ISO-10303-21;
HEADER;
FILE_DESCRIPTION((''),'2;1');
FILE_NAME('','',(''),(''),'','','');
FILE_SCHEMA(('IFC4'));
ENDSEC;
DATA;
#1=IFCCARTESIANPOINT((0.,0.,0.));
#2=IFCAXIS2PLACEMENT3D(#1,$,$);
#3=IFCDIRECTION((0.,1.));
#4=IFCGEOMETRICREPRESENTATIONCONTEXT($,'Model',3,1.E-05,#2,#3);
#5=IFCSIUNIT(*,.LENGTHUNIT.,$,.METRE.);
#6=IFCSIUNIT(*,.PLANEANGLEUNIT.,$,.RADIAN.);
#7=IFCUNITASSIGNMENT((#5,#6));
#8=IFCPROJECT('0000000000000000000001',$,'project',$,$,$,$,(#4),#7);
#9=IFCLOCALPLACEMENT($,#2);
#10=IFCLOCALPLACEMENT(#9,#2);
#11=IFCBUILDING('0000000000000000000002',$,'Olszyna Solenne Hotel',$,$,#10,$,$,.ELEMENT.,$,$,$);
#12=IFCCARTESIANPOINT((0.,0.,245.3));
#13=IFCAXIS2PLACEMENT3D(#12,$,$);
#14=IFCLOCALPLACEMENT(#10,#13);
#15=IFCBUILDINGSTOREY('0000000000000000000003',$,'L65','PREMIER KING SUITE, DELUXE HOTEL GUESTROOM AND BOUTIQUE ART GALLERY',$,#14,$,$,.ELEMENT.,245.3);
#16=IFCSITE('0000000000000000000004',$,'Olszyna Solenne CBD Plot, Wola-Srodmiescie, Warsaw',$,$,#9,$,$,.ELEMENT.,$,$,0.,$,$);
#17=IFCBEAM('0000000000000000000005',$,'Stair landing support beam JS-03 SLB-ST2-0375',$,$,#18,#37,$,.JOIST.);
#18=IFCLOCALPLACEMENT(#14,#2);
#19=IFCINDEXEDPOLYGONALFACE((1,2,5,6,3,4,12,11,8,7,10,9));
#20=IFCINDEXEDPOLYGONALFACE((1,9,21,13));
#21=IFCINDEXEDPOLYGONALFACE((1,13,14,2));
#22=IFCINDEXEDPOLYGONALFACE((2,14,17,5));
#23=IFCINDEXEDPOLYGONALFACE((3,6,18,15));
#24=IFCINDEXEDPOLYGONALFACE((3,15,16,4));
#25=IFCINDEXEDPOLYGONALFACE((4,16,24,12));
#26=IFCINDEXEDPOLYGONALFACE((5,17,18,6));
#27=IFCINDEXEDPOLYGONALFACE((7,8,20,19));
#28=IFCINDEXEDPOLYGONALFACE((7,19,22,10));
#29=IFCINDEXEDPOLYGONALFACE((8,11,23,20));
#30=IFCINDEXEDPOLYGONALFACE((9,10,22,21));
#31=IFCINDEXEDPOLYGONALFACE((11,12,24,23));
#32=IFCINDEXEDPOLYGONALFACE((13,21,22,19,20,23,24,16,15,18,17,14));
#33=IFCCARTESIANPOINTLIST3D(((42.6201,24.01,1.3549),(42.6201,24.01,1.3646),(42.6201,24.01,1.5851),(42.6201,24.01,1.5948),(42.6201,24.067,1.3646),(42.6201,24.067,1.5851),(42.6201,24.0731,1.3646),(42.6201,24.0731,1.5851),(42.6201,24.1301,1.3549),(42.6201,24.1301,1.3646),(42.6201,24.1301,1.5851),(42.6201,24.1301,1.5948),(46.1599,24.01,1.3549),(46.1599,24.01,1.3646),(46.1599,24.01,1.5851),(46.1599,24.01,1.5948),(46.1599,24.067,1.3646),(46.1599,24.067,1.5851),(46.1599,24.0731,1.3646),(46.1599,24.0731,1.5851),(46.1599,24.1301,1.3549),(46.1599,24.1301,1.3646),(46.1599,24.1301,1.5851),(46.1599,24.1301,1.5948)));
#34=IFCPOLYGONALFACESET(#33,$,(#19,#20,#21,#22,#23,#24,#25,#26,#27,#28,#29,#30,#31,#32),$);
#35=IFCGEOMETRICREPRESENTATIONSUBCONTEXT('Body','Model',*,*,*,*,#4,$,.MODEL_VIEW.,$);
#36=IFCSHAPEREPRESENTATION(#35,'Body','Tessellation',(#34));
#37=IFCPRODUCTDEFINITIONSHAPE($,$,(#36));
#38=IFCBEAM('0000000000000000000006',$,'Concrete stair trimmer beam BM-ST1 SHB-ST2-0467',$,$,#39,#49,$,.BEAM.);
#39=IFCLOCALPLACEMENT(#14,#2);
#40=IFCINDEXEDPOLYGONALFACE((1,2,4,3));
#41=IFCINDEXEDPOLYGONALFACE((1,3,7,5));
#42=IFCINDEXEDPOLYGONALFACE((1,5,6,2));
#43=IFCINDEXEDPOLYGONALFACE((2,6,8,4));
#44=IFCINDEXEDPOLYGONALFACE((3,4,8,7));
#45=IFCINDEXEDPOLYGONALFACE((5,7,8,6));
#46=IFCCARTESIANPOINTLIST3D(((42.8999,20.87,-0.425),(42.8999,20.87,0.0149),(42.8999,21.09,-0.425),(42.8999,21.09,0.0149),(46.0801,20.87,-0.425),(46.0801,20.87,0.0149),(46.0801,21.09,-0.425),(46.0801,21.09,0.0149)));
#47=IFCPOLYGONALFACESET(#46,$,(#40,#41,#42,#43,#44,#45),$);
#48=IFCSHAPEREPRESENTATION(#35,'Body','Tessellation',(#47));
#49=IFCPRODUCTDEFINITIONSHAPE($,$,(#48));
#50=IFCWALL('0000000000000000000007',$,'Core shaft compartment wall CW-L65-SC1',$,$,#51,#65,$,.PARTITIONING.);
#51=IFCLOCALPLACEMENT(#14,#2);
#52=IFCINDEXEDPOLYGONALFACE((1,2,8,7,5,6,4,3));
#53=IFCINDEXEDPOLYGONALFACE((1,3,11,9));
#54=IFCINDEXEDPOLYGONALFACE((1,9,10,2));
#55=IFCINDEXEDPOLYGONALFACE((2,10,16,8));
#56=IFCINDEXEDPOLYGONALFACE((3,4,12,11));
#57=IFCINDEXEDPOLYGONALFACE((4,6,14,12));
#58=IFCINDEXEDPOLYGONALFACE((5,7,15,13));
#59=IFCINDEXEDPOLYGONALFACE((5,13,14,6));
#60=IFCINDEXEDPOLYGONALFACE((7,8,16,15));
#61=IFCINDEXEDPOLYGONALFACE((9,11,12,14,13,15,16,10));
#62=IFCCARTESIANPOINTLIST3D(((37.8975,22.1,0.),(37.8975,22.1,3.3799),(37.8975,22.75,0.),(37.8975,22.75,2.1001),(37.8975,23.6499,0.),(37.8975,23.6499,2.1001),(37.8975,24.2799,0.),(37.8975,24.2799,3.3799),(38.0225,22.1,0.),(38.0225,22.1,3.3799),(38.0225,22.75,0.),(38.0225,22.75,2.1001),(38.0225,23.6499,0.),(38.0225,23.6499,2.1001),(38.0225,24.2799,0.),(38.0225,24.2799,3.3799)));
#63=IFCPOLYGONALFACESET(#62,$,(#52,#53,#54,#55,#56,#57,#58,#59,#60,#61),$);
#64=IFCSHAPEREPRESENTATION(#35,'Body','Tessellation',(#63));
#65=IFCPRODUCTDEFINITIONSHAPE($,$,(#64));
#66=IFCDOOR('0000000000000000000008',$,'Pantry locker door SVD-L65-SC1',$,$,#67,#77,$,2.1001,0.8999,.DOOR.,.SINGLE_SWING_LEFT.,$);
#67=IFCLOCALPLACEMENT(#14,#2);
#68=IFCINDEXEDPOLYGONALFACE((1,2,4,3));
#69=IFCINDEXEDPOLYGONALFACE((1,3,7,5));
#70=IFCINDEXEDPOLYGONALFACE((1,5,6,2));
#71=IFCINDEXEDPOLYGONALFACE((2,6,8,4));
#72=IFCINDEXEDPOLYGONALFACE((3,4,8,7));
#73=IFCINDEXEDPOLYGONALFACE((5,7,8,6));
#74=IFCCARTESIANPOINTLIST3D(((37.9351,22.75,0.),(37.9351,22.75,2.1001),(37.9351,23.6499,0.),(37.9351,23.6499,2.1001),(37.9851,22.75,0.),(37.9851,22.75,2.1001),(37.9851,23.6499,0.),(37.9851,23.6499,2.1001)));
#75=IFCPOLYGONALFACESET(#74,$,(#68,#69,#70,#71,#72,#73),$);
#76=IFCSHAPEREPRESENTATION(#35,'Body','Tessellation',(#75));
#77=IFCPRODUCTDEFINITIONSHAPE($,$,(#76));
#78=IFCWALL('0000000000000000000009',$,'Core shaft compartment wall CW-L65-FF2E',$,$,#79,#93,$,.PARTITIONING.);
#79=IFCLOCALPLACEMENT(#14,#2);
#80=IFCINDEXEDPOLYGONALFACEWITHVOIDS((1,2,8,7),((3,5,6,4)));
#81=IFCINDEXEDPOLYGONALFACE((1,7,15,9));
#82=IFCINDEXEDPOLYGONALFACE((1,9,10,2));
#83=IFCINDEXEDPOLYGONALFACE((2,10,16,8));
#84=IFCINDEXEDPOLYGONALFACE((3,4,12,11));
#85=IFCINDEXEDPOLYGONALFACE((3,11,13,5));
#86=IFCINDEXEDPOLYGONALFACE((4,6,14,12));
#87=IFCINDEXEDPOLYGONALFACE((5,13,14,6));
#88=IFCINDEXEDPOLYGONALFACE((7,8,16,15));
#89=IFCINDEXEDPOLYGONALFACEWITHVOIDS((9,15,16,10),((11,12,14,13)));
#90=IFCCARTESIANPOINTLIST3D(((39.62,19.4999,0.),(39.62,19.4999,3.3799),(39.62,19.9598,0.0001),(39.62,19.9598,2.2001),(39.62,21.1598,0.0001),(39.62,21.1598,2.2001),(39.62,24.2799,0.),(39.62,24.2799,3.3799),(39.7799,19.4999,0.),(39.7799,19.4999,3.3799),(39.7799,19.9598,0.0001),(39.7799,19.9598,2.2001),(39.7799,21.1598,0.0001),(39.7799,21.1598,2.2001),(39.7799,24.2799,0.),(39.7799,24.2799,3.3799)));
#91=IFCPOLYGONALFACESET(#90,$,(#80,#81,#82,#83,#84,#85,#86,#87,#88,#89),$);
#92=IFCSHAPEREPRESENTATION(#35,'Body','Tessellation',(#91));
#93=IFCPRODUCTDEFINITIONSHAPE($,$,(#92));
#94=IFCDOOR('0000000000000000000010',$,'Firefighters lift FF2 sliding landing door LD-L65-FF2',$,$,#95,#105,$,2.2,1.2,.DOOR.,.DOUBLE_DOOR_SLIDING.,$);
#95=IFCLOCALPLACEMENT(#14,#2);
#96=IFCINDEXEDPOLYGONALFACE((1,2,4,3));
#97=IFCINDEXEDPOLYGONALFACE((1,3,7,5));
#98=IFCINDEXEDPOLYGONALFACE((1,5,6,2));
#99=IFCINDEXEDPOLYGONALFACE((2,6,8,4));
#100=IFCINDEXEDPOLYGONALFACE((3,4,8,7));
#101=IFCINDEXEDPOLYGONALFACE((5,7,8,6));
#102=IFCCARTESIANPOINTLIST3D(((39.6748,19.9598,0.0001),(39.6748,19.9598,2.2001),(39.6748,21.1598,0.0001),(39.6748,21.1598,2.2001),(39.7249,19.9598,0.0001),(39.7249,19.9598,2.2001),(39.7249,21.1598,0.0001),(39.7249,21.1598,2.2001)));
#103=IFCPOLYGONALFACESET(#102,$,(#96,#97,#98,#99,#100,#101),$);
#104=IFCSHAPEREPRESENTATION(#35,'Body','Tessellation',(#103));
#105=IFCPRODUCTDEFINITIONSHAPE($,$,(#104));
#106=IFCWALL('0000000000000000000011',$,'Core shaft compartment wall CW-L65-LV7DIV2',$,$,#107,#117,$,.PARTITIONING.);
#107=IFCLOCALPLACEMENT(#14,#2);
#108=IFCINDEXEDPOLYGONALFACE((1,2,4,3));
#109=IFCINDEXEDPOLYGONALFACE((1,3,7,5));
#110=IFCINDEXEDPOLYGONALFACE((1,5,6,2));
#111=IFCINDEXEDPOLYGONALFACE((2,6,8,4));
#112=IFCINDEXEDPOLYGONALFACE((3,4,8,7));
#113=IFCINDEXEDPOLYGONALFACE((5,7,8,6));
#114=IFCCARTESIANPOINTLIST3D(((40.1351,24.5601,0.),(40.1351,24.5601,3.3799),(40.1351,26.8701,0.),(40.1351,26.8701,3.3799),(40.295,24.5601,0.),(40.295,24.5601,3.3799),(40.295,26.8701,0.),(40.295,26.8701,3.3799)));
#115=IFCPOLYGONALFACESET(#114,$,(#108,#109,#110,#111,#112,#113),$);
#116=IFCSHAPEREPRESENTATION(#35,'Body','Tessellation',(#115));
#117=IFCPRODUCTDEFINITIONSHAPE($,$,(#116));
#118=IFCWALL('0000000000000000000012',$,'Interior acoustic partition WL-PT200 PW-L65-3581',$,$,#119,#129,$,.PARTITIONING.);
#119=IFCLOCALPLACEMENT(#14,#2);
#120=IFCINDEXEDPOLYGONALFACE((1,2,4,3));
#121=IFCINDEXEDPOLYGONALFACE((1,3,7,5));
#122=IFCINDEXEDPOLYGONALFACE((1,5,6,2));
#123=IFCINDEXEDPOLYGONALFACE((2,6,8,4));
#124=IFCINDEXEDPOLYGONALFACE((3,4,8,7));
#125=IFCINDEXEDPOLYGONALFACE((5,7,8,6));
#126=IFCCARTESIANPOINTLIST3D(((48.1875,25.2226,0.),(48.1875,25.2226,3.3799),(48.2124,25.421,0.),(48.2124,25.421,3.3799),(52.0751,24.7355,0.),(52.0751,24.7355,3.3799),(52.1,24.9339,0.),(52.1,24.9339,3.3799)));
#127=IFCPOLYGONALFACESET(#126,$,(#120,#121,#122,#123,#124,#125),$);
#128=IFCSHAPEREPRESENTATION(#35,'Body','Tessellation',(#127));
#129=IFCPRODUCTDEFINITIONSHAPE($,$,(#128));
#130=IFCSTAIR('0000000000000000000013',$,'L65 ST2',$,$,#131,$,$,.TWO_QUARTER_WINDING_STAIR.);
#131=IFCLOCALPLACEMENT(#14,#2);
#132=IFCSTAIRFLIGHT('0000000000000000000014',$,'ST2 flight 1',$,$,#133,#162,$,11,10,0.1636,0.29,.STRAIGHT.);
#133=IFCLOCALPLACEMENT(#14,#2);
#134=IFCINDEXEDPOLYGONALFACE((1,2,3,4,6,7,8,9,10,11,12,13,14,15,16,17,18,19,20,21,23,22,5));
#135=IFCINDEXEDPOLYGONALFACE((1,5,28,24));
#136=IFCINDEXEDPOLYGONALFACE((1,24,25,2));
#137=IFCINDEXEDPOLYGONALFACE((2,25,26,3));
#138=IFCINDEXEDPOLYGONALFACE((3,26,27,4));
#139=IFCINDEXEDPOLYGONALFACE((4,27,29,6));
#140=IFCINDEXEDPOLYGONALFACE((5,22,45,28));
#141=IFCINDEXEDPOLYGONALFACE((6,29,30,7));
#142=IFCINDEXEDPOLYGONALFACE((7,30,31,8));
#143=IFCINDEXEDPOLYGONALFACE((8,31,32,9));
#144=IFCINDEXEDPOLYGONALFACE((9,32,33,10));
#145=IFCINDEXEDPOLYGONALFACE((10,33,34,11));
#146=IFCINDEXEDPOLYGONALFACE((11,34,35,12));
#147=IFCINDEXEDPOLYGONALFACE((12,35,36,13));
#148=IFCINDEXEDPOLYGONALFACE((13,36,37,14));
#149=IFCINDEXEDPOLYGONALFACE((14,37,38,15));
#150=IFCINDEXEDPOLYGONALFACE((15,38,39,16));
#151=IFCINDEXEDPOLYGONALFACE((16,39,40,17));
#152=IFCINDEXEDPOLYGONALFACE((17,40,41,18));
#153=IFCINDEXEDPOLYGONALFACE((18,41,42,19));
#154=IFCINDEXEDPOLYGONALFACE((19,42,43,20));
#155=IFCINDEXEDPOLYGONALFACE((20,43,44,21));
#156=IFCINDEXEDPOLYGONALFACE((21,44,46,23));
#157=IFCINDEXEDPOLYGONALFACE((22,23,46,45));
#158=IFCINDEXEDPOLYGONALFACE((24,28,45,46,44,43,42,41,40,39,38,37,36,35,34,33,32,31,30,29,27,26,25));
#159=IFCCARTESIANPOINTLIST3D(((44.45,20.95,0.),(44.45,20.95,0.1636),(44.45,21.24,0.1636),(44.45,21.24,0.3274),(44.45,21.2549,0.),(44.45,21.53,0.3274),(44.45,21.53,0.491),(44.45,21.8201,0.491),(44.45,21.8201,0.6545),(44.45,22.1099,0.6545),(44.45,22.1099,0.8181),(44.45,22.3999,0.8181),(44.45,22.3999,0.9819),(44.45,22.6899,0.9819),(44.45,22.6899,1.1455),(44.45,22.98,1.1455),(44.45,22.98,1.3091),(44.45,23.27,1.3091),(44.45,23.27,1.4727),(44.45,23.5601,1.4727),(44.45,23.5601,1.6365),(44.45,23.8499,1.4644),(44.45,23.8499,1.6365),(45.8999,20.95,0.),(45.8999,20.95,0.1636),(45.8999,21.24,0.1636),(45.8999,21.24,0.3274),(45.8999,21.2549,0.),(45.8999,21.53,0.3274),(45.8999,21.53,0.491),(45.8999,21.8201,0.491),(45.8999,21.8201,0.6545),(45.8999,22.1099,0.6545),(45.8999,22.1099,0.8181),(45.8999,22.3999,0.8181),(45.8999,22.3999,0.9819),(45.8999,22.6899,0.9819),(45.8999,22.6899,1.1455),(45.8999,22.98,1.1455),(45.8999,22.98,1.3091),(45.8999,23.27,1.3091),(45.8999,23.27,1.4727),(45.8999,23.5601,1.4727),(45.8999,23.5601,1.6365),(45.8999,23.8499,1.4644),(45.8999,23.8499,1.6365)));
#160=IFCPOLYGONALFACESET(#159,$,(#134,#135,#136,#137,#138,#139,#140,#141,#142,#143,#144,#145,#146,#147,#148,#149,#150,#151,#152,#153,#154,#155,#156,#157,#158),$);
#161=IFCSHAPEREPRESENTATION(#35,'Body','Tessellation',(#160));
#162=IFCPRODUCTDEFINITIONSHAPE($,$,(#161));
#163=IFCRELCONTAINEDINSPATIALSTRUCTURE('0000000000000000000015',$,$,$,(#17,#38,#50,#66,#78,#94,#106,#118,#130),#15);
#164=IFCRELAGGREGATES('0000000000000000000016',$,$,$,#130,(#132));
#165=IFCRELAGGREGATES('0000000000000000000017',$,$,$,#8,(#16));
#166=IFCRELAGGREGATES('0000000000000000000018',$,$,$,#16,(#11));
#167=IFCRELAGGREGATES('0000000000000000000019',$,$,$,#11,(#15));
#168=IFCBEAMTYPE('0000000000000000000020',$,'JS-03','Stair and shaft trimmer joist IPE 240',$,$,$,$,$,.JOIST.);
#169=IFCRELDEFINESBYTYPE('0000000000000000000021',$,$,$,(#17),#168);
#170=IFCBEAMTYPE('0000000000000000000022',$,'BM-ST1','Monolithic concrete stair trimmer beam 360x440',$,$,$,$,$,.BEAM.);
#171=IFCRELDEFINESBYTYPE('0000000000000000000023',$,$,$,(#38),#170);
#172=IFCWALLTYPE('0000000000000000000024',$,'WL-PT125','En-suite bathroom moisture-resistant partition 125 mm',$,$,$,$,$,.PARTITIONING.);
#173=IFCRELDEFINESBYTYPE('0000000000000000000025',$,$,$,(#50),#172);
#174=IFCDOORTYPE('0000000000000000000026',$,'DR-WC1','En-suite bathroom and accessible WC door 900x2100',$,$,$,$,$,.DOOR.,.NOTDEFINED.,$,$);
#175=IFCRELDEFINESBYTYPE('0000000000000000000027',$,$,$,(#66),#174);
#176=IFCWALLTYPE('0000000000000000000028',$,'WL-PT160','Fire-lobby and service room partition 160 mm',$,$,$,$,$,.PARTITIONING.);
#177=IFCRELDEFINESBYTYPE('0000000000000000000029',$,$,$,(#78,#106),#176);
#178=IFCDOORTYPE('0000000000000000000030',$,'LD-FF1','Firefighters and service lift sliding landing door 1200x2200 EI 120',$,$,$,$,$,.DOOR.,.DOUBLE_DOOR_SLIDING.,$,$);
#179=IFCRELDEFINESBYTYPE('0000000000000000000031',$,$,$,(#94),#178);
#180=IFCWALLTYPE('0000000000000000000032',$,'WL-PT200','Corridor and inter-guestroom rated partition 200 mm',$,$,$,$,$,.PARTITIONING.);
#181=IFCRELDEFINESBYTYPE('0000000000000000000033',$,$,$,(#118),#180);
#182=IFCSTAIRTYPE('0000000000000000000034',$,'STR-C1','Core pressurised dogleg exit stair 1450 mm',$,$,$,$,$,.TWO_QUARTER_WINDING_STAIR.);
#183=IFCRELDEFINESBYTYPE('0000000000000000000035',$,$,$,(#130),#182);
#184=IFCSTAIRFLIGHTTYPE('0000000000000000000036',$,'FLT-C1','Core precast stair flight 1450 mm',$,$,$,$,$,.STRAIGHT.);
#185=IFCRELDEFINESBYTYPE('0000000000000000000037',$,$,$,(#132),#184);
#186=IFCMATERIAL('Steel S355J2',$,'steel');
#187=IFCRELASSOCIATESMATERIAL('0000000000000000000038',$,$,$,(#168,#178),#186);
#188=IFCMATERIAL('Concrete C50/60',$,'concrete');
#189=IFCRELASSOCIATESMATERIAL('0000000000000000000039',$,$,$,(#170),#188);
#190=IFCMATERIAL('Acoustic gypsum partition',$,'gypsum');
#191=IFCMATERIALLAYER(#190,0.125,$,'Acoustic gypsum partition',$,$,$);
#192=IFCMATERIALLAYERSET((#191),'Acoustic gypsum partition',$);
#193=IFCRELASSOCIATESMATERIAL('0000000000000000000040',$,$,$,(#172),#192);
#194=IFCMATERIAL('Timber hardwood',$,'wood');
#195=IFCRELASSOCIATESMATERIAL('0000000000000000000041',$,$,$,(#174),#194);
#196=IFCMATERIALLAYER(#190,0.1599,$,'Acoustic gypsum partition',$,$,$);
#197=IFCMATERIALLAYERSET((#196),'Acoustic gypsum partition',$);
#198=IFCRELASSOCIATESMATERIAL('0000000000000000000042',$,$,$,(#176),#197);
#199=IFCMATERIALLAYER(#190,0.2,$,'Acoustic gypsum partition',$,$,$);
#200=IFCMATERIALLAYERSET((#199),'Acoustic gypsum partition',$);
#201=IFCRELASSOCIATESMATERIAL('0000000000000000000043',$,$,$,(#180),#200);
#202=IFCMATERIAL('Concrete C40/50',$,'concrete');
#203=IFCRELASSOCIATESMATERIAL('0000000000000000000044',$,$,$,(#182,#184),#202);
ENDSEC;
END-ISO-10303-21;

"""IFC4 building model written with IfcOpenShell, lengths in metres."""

from ifc_helpers import new_model, si_unit, direction, frame, frame_2d, origin, origin_2d, place, context, subcontext, project, spatial, polyline, rectangle, i_section, outline, extrude, source, transform, mapped, material, layer, layer_set, material_profile, profile_set, type_object, type_shapes, element, fill, aggregate, save


model = new_model("IFC4")

# Units and contexts
model_context = context("Model", 3, precision=1e-05, world=origin(), true_north=direction((0.0, 1.0)))
body_context = subcontext(model_context, "Body", "Model", "MODEL_VIEW")
ifc_project = project(units=[si_unit("LENGTHUNIT", "METRE"), si_unit("PLANEANGLEUNIT", "RADIAN")], contexts=[model_context])

# Site, building, storey
site_placement = place(None, origin())
site = spatial("IfcSite", under=ifc_project, at=site_placement, Name="Olszyna Solenne CBD Plot, Wola-Srodmiescie, Warsaw", CompositionType="ELEMENT", RefElevation=0.0)
building_placement = place(site_placement, origin())
building = spatial("IfcBuilding", under=site, at=building_placement, Name="Olszyna Solenne Hotel", CompositionType="ELEMENT")
storey_placement = place(building_placement, frame((0.0, 0.0, 245.3)))
storey = spatial("IfcBuildingStorey", under=building, at=storey_placement, Name="L65", Description="PREMIER KING SUITE, DELUXE HOTEL GUESTROOM AND BOUTIQUE ART GALLERY", CompositionType="ELEMENT", Elevation=245.3)

# Beams
ifc_material_1 = material(Name="Steel S355J2", Category="steel")
ifc_material_profile_1 = material_profile(ifc_material_1, i_section(OverallWidth=0.1201, OverallDepth=0.24, WebThickness=0.0061, FlangeThickness=0.0098, at=origin_2d()), Name="IPE 240", Category="load-bearing")
ifc_profile_set_1 = profile_set([ifc_material_profile_1], Name="Steel S355J2")
beam_type_1 = type_object("IfcBeamType", Name="JS-03", Description="Stair and shaft trimmer joist IPE 240", PredefinedType="JOIST", material=ifc_profile_set_1)
shared_shape_1 = source(origin(), body_context, "Body", "SweptSolid", [
    extrude(i_section(OverallWidth=0.1201, OverallDepth=0.24, WebThickness=0.0061, FlangeThickness=0.0098, at=origin_2d()), origin(), (0.0, 0.0, 1.0), 3.5398),
])
beam_1_placement = place(storey_placement, frame((46.1599, 24.0701, 1.4749), z_axis=(-1.0, 0.0, 0.0), x_axis=(0.0, -1.0, 0.0)))
element("IfcBeam", 1, at=beam_1_placement, inside=storey, type_object=beam_type_1, Name="Stair landing support beam JS-03 SLB-ST2-0375", PredefinedType="JOIST", context=body_context, shape_type="MappedRepresentation", body=[
    mapped(shared_shape_1, transform((0.0, 0.0, 0.0), x_axis=(1.0, 0.0, 0.0), y_axis=(0.0, 1.0, 0.0), z_axis=(0.0, 0.0, 1.0), scale=1.0)),
])
ifc_material_2 = material(Name="Concrete C50/60", Category="concrete")
ifc_material_profile_2 = material_profile(ifc_material_2, rectangle(XDim=0.22, YDim=0.4399, at=origin_2d()), Name="RC 220x440", Category="load-bearing")
ifc_profile_set_2 = profile_set([ifc_material_profile_2], Name="Concrete C50/60")
beam_type_2 = type_object("IfcBeamType", Name="BM-ST1", Description="Monolithic concrete stair trimmer beam 360x440", PredefinedType="BEAM", material=ifc_profile_set_2)
shared_shape_2 = source(origin(), body_context, "Body", "SweptSolid", [
    extrude(rectangle(XDim=0.22, YDim=0.4399, at=origin_2d()), origin(), (0.0, 0.0, 1.0), 3.1802),
])
beam_2_placement = place(storey_placement, frame((46.0801, 20.98, -0.2051), z_axis=(-1.0, 0.0, 0.0), x_axis=(0.0, -1.0, 0.0)))
element("IfcBeam", 2, at=beam_2_placement, inside=storey, type_object=beam_type_2, Name="Concrete stair trimmer beam BM-ST1 SHB-ST2-0467", PredefinedType="BEAM", context=body_context, shape_type="MappedRepresentation", body=[
    mapped(shared_shape_2, transform((0.0, 0.0, 0.0), x_axis=(1.0, 0.0, 0.0), y_axis=(0.0, 1.0, 0.0), z_axis=(0.0, 0.0, 1.0), scale=1.0)),
])

# Walls, openings, doors
ifc_material_3 = material(Name="Acoustic gypsum partition", Category="gypsum")
ifc_layer_1 = layer(ifc_material_3, 0.125, Name="Acoustic gypsum partition")
ifc_layer_set_1 = layer_set([ifc_layer_1], Name="Acoustic gypsum partition")
wall_type_1 = type_object("IfcWallType", Name="WL-PT125", Description="En-suite bathroom moisture-resistant partition 125 mm", PredefinedType="PARTITIONING", material=ifc_layer_set_1)
wall_1_placement = place(storey_placement, frame((37.96, 22.1001, 0.0), z_axis=(0.0, 0.0, 1.0), x_axis=(0.0, 1.0, 0.0)))
wall_1 = element("IfcWall", 3, at=wall_1_placement, inside=storey, type_object=wall_type_1, Name="Core shaft compartment wall CW-L65-SC1", PredefinedType="PARTITIONING", context=body_context, shape_type="SweptSolid", body=[
    extrude(rectangle(XDim=2.1799, YDim=0.125, at=frame_2d((1.0898, 0.0))), origin(), (0.0, 0.0, 1.0), 3.3799),
])
opening_1_placement = place(wall_1_placement, frame((0.6499, 0.0, 0.0)))
opening_1 = element("IfcOpeningElement", 4, at=opening_1_placement, cuts=wall_1, PredefinedType="OPENING", context=body_context, shape_type="SweptSolid", body=[
    extrude(rectangle(XDim=0.8999, YDim=2.1001, at=frame_2d((0.45, 1.05))), frame((0.0, 0.0725, 0.0), z_axis=(0.0, -1.0, 0.0), x_axis=(1.0, 0.0, 0.0)), (0.0, 0.0, 1.0), 0.145),
])
ifc_material_4 = material(Name="Timber hardwood", Category="wood")
door_type_1 = type_object("IfcDoorType", Name="DR-WC1", Description="En-suite bathroom and accessible WC door 900x2100", OperationType="NOTDEFINED", PredefinedType="DOOR", material=ifc_material_4)
shared_shape_3 = source(origin(), body_context, "Body", "SweptSolid", [
    extrude(rectangle(XDim=0.8999, YDim=2.1001, at=frame_2d((0.45, 1.05))), frame((0.0, 0.0249, 0.0), z_axis=(0.0, -1.0, 0.0), x_axis=(1.0, 0.0, 0.0)), (0.0, 0.0, 1.0), 0.05),
])
type_shapes(door_type_1, [shared_shape_3])
door_1_placement = place(opening_1_placement, origin())
door_1 = element("IfcDoor", 5, at=door_1_placement, inside=storey, type_object=door_type_1, Name="Pantry locker door SVD-L65-SC1", OperationType="SINGLE_SWING_LEFT", OverallHeight=2.1001, OverallWidth=0.8999, PredefinedType="DOOR", context=body_context, shape_type="MappedRepresentation", body=[
    mapped(shared_shape_3, transform((0.0, 0.0, 0.0), x_axis=(1.0, 0.0, 0.0), y_axis=(0.0, 1.0, 0.0), z_axis=(0.0, 0.0, 1.0), scale=1.0)),
])
fill(opening_1, door_1)
ifc_layer_2 = layer(ifc_material_3, 0.1599, Name="Acoustic gypsum partition")
ifc_layer_set_2 = layer_set([ifc_layer_2], Name="Acoustic gypsum partition")
wall_type_2 = type_object("IfcWallType", Name="WL-PT160", Description="Fire-lobby and service room partition 160 mm", PredefinedType="PARTITIONING", material=ifc_layer_set_2)
wall_2_placement = place(storey_placement, frame((39.7, 24.28, 0.0), z_axis=(0.0, 0.0, 1.0), x_axis=(0.0, -1.0, 0.0)))
wall_2 = element("IfcWall", 6, at=wall_2_placement, inside=storey, type_object=wall_type_2, Name="Core shaft compartment wall CW-L65-FF2E", PredefinedType="PARTITIONING", context=body_context, shape_type="SweptSolid", body=[
    extrude(rectangle(XDim=4.78, YDim=0.1599, at=frame_2d((2.3901, 0.0))), origin(), (0.0, 0.0, 1.0), 3.3799),
])
opening_2_placement = place(wall_2_placement, frame((3.1201, 0.0, 0.0)))
opening_2 = element("IfcOpeningElement", 7, at=opening_2_placement, cuts=wall_2, PredefinedType="OPENING", context=body_context, shape_type="SweptSolid", body=[
    extrude(rectangle(XDim=1.2, YDim=2.2, at=frame_2d((0.6001, 1.1001))), frame((0.0, 0.0898, 0.0), z_axis=(0.0, -1.0, 0.0), x_axis=(1.0, 0.0, 0.0)), (0.0, 0.0, 1.0), 0.1799),
])
door_type_2 = type_object("IfcDoorType", Name="LD-FF1", Description="Firefighters and service lift sliding landing door 1200x2200 EI 120", OperationType="DOUBLE_DOOR_SLIDING", PredefinedType="DOOR", material=ifc_material_1)
shared_shape_4 = source(origin(), body_context, "Body", "SweptSolid", [
    extrude(rectangle(XDim=1.2, YDim=2.2, at=frame_2d((0.6001, 1.1001))), frame((0.0, 0.0249, 0.0), z_axis=(0.0, -1.0, 0.0), x_axis=(1.0, 0.0, 0.0)), (0.0, 0.0, 1.0), 0.05),
])
type_shapes(door_type_2, [shared_shape_4])
door_2_placement = place(opening_2_placement, origin())
door_2 = element("IfcDoor", 8, at=door_2_placement, inside=storey, type_object=door_type_2, Name="Firefighters lift FF2 sliding landing door LD-L65-FF2", OperationType="DOUBLE_DOOR_SLIDING", OverallHeight=2.2, OverallWidth=1.2, PredefinedType="DOOR", context=body_context, shape_type="MappedRepresentation", body=[
    mapped(shared_shape_4, transform((0.0, 0.0, 0.0), x_axis=(1.0, 0.0, 0.0), y_axis=(0.0, 1.0, 0.0), z_axis=(0.0, 0.0, 1.0), scale=1.0)),
])
fill(opening_2, door_2)

# Walls
wall_3_placement = place(storey_placement, frame((40.2151, 24.5601, 0.0), z_axis=(0.0, 0.0, 1.0), x_axis=(0.0, 1.0, 0.0)))
element("IfcWall", 9, at=wall_3_placement, inside=storey, type_object=wall_type_2, Name="Core shaft compartment wall CW-L65-LV7DIV2", PredefinedType="PARTITIONING", context=body_context, shape_type="SweptSolid", body=[
    extrude(rectangle(XDim=2.3101, YDim=0.1599, at=frame_2d((1.155, 0.0))), origin(), (0.0, 0.0, 1.0), 3.3799),
])
ifc_layer_3 = layer(ifc_material_3, 0.2, Name="Acoustic gypsum partition")
ifc_layer_set_3 = layer_set([ifc_layer_3], Name="Acoustic gypsum partition")
wall_type_3 = type_object("IfcWallType", Name="WL-PT200", Description="Corridor and inter-guestroom rated partition 200 mm", PredefinedType="PARTITIONING", material=ifc_layer_set_3)
wall_4_placement = place(storey_placement, frame((48.2, 25.3218, 0.0), z_axis=(0.0, 0.0, 1.0), x_axis=(0.992243, -0.124311, 0.0)))
element("IfcWall", 10, at=wall_4_placement, inside=storey, type_object=wall_type_3, Name="Interior acoustic partition WL-PT200 PW-L65-3581", PredefinedType="PARTITIONING", context=body_context, shape_type="SweptSolid", body=[
    extrude(rectangle(XDim=3.918, YDim=0.2, at=frame_2d((1.959, 0.0))), origin(), (0.0, 0.0, 1.0), 3.3799),
])

# Stair, stair flight
ifc_material_5 = material(Name="Concrete C40/50", Category="concrete")
stair_type = type_object("IfcStairType", Name="STR-C1", Description="Core pressurised dogleg exit stair 1450 mm", PredefinedType="TWO_QUARTER_WINDING_STAIR", material=ifc_material_5)
stair_placement = place(storey_placement, origin())
stair = element("IfcStair", 11, at=stair_placement, inside=storey, type_object=stair_type, Name="L65 ST2", PredefinedType="TWO_QUARTER_WINDING_STAIR")
stair_flight_type = type_object("IfcStairFlightType", Name="FLT-C1", Description="Core precast stair flight 1450 mm", PredefinedType="STRAIGHT", material=ifc_material_5)
stair_flight_1_placement = place(storey_placement, frame((45.175, 20.95, 0.0), z_axis=(0.0, 0.0, 1.0), x_axis=(0.0, 1.0, 0.0)))
stair_flight_1 = element("IfcStairFlight", 12, at=stair_flight_1_placement, type_object=stair_flight_type, Name="ST2 flight 1", NumberOfRisers=11, NumberOfTreads=10, PredefinedType="STRAIGHT", RiserHeight=0.1636, TreadLength=0.29, context=body_context, shape_type="SweptSolid", body=[
    extrude(outline(polyline([(0.0, 0.0), (0.0, 0.1636), (0.29, 0.1636), (0.29, 0.3274), (0.5801, 0.3274), (0.5801, 0.491), (0.8701, 0.491), (0.8701, 0.6545), (1.1599, 0.6545), (1.1599, 0.8181), (1.45, 0.8181), (1.45, 0.9819), (1.74, 0.9819), (1.74, 1.1455), (2.03, 1.1455), (2.03, 1.3091), (2.3201, 1.3091), (2.3201, 1.4727), (2.6101, 1.4727), (2.6101, 1.6365), (2.8999, 1.6365), (2.8999, 1.8), (2.8999, 1.4644), (0.3049, 0.0), (0.0, 0.0)])), frame((0.0, 0.7251, 0.0), z_axis=(0.0, -1.0, 0.0), x_axis=(1.0, 0.0, 0.0)), (0.0, 0.0, 1.0), 1.45),
])
aggregate(stair, [stair_flight_1])

save(model, "model.ifc")
